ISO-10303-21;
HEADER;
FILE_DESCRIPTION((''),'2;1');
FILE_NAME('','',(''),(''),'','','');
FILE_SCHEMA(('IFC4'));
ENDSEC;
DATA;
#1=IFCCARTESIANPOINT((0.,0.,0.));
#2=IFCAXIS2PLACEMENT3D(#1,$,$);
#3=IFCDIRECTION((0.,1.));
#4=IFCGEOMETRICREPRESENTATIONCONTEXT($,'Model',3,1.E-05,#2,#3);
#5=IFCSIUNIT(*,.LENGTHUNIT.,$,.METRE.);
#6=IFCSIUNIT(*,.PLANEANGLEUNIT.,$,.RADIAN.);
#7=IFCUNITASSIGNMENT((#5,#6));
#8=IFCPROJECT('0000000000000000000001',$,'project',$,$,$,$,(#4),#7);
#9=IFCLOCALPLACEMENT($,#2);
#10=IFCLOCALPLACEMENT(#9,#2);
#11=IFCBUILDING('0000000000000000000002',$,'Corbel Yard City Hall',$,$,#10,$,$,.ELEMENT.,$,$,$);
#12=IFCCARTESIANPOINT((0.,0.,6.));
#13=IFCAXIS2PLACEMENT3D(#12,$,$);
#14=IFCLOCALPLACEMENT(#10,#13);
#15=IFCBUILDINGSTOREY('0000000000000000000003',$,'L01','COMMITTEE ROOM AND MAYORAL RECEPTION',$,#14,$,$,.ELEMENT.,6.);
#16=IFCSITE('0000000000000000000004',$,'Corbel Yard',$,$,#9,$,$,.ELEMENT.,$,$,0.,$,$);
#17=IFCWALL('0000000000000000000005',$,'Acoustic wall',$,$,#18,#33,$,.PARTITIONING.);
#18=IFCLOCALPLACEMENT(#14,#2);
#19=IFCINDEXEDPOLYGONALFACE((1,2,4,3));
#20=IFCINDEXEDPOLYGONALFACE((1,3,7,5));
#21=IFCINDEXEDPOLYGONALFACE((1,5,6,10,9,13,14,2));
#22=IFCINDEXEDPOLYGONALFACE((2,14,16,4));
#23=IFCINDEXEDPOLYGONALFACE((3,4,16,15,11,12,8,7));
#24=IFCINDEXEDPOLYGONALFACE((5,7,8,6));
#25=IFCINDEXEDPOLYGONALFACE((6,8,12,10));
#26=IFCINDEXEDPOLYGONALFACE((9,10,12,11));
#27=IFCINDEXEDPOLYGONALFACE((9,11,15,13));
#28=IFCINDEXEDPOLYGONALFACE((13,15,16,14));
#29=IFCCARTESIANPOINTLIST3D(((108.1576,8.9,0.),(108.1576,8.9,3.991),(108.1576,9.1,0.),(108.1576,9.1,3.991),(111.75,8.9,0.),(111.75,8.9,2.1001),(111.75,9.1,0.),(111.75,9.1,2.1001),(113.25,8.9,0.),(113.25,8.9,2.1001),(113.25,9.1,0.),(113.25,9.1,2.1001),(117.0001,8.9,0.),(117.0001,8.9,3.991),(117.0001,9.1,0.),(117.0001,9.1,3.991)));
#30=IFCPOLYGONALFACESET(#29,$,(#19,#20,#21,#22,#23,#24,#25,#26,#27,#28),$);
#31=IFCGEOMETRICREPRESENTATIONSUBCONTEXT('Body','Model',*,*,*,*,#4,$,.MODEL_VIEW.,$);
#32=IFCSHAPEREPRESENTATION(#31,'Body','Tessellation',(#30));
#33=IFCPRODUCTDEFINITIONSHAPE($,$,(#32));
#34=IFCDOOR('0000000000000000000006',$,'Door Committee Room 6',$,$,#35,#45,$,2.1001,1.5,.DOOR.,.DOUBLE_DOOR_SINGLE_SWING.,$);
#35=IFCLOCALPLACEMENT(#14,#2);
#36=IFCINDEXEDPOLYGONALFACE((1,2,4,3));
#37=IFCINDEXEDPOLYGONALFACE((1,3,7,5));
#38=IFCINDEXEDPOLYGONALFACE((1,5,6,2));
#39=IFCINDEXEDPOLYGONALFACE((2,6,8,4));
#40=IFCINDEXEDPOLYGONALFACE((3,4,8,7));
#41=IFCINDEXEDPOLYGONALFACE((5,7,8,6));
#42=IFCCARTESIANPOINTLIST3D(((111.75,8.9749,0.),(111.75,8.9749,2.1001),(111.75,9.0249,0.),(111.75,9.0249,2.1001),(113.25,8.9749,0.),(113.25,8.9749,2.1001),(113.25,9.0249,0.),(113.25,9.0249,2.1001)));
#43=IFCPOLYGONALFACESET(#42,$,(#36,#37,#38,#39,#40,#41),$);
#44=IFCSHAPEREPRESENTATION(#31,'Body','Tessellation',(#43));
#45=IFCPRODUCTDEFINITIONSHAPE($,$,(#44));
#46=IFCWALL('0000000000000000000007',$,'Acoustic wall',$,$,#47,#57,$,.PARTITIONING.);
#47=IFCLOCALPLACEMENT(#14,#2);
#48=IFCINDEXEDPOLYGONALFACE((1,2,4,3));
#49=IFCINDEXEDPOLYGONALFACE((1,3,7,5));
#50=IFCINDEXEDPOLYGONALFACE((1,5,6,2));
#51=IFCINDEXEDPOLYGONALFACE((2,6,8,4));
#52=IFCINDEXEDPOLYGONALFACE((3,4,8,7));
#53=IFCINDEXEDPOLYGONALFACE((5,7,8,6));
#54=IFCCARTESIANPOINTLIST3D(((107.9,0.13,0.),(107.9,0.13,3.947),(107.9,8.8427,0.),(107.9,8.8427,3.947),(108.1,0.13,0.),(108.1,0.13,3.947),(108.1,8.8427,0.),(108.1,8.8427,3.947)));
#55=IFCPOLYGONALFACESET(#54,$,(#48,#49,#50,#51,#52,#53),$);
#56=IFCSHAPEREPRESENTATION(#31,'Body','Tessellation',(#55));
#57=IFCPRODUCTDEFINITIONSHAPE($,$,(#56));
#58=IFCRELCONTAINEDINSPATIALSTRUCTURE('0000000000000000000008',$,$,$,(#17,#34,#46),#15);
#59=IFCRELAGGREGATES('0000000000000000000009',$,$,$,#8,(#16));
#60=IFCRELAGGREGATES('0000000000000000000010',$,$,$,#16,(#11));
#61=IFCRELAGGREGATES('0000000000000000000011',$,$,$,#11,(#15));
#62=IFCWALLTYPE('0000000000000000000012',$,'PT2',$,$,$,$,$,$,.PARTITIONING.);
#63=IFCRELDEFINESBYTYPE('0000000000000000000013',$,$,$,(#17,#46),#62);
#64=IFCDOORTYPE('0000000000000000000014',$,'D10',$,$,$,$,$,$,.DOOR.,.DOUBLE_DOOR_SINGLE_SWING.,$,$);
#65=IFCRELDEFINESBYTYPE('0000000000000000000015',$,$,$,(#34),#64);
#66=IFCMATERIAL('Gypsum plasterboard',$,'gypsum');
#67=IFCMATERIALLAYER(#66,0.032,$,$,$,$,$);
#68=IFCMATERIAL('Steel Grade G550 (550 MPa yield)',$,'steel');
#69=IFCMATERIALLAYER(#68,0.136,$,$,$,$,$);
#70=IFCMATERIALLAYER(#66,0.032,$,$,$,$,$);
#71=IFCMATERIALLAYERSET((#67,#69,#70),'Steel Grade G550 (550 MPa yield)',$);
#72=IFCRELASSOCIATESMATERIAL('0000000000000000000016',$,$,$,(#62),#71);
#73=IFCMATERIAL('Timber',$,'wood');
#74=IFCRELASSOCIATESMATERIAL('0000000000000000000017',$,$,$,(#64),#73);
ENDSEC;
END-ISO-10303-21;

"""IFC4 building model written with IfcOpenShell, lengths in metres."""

from ifc_helpers import new_model, si_unit, direction, frame, frame_2d, origin, place, context, subcontext, project, spatial, rectangle, extrude, material, layer, layer_set, type_object, element, fill, save


model = new_model("IFC4")

# Units and contexts
model_context = context("Model", 3, precision=1e-05, world=origin(), true_north=direction((0.0, 1.0)))
body_context = subcontext(model_context, "Body", "Model", "MODEL_VIEW")
ifc_project = project(units=[si_unit("LENGTHUNIT", "METRE"), si_unit("PLANEANGLEUNIT", "RADIAN")], contexts=[model_context])

# Site, building, storey
site_placement = place(None, origin())
site = spatial("IfcSite", under=ifc_project, at=site_placement, Name="Corbel Yard", CompositionType="ELEMENT", RefElevation=0.0)
building_placement = place(site_placement, origin())
building = spatial("IfcBuilding", under=site, at=building_placement, Name="Corbel Yard City Hall", CompositionType="ELEMENT")
storey_placement = place(building_placement, frame((0.0, 0.0, 6.0)))
storey = spatial("IfcBuildingStorey", under=building, at=storey_placement, Name="L01", Description="COMMITTEE ROOM AND MAYORAL RECEPTION", CompositionType="ELEMENT", Elevation=6.0)

# Shared definitions
ifc_material_1 = material(Name="Gypsum plasterboard", Category="gypsum")

# Wall, opening, door
ifc_layer_1 = layer(ifc_material_1, 0.032)
ifc_material_2 = material(Name="Steel Grade G550 (550 MPa yield)", Category="steel")
ifc_layer_2 = layer(ifc_material_2, 0.136)
ifc_layer_3 = layer(ifc_material_1, 0.032)
ifc_layer_set_1 = layer_set([ifc_layer_1, ifc_layer_2, ifc_layer_3], Name="Steel Grade G550 (550 MPa yield)")
wall_type_1 = type_object("IfcWallType", Name="PT2", PredefinedType="PARTITIONING", material=ifc_layer_set_1)
wall_1_placement = place(storey_placement, frame((108.1575, 9.0, 0.0), z_axis=(0.0, 0.0, 1.0), x_axis=(1.0, 0.0, 0.0)))
wall_1 = element("IfcWall", 1, at=wall_1_placement, inside=storey, type_object=wall_type_1, Name="Acoustic wall", PredefinedType="PARTITIONING", context=body_context, shape_type="SweptSolid", body=[
    extrude(rectangle(XDim=8.8425, YDim=0.2, at=frame_2d((4.4214, 0.0))), origin(), (0.0, 0.0, 1.0), 3.991),
])
opening_1_placement = place(wall_1_placement, frame((3.5925, 0.0, 0.0)))
opening_1 = element("IfcOpeningElement", 2, at=opening_1_placement, cuts=wall_1, PredefinedType="OPENING", context=body_context, shape_type="SweptSolid", body=[
    extrude(rectangle(XDim=1.5, YDim=2.1001, at=frame_2d((0.75, 1.05))), frame((0.0, 0.1099, 0.0), z_axis=(0.0, -1.0, 0.0), x_axis=(1.0, 0.0, 0.0)), (0.0, 0.0, 1.0), 0.22),
])
ifc_material_3 = material(Name="Timber", Category="wood")
door_type = type_object("IfcDoorType", Name="D10", OperationType="DOUBLE_DOOR_SINGLE_SWING", PredefinedType="DOOR", material=ifc_material_3)
door_placement = place(opening_1_placement, origin())
door = element("IfcDoor", 3, at=door_placement, inside=storey, type_object=door_type, Name="Door Committee Room 6", OperationType="DOUBLE_DOOR_SINGLE_SWING", OverallHeight=2.1001, OverallWidth=1.5, PredefinedType="DOOR", context=body_context, shape_type="SweptSolid", body=[
    extrude(rectangle(XDim=1.5, YDim=2.1001, at=frame_2d((0.75, 1.05))), frame((0.0, 0.0249, 0.0), z_axis=(0.0, -1.0, 0.0), x_axis=(1.0, 0.0, 0.0)), (0.0, 0.0, 1.0), 0.05),
])
fill(opening_1, door)

# Wall
wall_2_placement = place(storey_placement, frame((108.0, 0.1299, 0.0), z_axis=(0.0, 0.0, 1.0), x_axis=(0.0, 1.0, 0.0)))
element("IfcWall", 4, at=wall_2_placement, inside=storey, type_object=wall_type_1, Name="Acoustic wall", PredefinedType="PARTITIONING", context=body_context, shape_type="SweptSolid", body=[
    extrude(rectangle(XDim=8.7126, YDim=0.2, at=frame_2d((4.3564, 0.0))), origin(), (0.0, 0.0, 1.0), 3.947),
])

save(model, "model.ifc")
